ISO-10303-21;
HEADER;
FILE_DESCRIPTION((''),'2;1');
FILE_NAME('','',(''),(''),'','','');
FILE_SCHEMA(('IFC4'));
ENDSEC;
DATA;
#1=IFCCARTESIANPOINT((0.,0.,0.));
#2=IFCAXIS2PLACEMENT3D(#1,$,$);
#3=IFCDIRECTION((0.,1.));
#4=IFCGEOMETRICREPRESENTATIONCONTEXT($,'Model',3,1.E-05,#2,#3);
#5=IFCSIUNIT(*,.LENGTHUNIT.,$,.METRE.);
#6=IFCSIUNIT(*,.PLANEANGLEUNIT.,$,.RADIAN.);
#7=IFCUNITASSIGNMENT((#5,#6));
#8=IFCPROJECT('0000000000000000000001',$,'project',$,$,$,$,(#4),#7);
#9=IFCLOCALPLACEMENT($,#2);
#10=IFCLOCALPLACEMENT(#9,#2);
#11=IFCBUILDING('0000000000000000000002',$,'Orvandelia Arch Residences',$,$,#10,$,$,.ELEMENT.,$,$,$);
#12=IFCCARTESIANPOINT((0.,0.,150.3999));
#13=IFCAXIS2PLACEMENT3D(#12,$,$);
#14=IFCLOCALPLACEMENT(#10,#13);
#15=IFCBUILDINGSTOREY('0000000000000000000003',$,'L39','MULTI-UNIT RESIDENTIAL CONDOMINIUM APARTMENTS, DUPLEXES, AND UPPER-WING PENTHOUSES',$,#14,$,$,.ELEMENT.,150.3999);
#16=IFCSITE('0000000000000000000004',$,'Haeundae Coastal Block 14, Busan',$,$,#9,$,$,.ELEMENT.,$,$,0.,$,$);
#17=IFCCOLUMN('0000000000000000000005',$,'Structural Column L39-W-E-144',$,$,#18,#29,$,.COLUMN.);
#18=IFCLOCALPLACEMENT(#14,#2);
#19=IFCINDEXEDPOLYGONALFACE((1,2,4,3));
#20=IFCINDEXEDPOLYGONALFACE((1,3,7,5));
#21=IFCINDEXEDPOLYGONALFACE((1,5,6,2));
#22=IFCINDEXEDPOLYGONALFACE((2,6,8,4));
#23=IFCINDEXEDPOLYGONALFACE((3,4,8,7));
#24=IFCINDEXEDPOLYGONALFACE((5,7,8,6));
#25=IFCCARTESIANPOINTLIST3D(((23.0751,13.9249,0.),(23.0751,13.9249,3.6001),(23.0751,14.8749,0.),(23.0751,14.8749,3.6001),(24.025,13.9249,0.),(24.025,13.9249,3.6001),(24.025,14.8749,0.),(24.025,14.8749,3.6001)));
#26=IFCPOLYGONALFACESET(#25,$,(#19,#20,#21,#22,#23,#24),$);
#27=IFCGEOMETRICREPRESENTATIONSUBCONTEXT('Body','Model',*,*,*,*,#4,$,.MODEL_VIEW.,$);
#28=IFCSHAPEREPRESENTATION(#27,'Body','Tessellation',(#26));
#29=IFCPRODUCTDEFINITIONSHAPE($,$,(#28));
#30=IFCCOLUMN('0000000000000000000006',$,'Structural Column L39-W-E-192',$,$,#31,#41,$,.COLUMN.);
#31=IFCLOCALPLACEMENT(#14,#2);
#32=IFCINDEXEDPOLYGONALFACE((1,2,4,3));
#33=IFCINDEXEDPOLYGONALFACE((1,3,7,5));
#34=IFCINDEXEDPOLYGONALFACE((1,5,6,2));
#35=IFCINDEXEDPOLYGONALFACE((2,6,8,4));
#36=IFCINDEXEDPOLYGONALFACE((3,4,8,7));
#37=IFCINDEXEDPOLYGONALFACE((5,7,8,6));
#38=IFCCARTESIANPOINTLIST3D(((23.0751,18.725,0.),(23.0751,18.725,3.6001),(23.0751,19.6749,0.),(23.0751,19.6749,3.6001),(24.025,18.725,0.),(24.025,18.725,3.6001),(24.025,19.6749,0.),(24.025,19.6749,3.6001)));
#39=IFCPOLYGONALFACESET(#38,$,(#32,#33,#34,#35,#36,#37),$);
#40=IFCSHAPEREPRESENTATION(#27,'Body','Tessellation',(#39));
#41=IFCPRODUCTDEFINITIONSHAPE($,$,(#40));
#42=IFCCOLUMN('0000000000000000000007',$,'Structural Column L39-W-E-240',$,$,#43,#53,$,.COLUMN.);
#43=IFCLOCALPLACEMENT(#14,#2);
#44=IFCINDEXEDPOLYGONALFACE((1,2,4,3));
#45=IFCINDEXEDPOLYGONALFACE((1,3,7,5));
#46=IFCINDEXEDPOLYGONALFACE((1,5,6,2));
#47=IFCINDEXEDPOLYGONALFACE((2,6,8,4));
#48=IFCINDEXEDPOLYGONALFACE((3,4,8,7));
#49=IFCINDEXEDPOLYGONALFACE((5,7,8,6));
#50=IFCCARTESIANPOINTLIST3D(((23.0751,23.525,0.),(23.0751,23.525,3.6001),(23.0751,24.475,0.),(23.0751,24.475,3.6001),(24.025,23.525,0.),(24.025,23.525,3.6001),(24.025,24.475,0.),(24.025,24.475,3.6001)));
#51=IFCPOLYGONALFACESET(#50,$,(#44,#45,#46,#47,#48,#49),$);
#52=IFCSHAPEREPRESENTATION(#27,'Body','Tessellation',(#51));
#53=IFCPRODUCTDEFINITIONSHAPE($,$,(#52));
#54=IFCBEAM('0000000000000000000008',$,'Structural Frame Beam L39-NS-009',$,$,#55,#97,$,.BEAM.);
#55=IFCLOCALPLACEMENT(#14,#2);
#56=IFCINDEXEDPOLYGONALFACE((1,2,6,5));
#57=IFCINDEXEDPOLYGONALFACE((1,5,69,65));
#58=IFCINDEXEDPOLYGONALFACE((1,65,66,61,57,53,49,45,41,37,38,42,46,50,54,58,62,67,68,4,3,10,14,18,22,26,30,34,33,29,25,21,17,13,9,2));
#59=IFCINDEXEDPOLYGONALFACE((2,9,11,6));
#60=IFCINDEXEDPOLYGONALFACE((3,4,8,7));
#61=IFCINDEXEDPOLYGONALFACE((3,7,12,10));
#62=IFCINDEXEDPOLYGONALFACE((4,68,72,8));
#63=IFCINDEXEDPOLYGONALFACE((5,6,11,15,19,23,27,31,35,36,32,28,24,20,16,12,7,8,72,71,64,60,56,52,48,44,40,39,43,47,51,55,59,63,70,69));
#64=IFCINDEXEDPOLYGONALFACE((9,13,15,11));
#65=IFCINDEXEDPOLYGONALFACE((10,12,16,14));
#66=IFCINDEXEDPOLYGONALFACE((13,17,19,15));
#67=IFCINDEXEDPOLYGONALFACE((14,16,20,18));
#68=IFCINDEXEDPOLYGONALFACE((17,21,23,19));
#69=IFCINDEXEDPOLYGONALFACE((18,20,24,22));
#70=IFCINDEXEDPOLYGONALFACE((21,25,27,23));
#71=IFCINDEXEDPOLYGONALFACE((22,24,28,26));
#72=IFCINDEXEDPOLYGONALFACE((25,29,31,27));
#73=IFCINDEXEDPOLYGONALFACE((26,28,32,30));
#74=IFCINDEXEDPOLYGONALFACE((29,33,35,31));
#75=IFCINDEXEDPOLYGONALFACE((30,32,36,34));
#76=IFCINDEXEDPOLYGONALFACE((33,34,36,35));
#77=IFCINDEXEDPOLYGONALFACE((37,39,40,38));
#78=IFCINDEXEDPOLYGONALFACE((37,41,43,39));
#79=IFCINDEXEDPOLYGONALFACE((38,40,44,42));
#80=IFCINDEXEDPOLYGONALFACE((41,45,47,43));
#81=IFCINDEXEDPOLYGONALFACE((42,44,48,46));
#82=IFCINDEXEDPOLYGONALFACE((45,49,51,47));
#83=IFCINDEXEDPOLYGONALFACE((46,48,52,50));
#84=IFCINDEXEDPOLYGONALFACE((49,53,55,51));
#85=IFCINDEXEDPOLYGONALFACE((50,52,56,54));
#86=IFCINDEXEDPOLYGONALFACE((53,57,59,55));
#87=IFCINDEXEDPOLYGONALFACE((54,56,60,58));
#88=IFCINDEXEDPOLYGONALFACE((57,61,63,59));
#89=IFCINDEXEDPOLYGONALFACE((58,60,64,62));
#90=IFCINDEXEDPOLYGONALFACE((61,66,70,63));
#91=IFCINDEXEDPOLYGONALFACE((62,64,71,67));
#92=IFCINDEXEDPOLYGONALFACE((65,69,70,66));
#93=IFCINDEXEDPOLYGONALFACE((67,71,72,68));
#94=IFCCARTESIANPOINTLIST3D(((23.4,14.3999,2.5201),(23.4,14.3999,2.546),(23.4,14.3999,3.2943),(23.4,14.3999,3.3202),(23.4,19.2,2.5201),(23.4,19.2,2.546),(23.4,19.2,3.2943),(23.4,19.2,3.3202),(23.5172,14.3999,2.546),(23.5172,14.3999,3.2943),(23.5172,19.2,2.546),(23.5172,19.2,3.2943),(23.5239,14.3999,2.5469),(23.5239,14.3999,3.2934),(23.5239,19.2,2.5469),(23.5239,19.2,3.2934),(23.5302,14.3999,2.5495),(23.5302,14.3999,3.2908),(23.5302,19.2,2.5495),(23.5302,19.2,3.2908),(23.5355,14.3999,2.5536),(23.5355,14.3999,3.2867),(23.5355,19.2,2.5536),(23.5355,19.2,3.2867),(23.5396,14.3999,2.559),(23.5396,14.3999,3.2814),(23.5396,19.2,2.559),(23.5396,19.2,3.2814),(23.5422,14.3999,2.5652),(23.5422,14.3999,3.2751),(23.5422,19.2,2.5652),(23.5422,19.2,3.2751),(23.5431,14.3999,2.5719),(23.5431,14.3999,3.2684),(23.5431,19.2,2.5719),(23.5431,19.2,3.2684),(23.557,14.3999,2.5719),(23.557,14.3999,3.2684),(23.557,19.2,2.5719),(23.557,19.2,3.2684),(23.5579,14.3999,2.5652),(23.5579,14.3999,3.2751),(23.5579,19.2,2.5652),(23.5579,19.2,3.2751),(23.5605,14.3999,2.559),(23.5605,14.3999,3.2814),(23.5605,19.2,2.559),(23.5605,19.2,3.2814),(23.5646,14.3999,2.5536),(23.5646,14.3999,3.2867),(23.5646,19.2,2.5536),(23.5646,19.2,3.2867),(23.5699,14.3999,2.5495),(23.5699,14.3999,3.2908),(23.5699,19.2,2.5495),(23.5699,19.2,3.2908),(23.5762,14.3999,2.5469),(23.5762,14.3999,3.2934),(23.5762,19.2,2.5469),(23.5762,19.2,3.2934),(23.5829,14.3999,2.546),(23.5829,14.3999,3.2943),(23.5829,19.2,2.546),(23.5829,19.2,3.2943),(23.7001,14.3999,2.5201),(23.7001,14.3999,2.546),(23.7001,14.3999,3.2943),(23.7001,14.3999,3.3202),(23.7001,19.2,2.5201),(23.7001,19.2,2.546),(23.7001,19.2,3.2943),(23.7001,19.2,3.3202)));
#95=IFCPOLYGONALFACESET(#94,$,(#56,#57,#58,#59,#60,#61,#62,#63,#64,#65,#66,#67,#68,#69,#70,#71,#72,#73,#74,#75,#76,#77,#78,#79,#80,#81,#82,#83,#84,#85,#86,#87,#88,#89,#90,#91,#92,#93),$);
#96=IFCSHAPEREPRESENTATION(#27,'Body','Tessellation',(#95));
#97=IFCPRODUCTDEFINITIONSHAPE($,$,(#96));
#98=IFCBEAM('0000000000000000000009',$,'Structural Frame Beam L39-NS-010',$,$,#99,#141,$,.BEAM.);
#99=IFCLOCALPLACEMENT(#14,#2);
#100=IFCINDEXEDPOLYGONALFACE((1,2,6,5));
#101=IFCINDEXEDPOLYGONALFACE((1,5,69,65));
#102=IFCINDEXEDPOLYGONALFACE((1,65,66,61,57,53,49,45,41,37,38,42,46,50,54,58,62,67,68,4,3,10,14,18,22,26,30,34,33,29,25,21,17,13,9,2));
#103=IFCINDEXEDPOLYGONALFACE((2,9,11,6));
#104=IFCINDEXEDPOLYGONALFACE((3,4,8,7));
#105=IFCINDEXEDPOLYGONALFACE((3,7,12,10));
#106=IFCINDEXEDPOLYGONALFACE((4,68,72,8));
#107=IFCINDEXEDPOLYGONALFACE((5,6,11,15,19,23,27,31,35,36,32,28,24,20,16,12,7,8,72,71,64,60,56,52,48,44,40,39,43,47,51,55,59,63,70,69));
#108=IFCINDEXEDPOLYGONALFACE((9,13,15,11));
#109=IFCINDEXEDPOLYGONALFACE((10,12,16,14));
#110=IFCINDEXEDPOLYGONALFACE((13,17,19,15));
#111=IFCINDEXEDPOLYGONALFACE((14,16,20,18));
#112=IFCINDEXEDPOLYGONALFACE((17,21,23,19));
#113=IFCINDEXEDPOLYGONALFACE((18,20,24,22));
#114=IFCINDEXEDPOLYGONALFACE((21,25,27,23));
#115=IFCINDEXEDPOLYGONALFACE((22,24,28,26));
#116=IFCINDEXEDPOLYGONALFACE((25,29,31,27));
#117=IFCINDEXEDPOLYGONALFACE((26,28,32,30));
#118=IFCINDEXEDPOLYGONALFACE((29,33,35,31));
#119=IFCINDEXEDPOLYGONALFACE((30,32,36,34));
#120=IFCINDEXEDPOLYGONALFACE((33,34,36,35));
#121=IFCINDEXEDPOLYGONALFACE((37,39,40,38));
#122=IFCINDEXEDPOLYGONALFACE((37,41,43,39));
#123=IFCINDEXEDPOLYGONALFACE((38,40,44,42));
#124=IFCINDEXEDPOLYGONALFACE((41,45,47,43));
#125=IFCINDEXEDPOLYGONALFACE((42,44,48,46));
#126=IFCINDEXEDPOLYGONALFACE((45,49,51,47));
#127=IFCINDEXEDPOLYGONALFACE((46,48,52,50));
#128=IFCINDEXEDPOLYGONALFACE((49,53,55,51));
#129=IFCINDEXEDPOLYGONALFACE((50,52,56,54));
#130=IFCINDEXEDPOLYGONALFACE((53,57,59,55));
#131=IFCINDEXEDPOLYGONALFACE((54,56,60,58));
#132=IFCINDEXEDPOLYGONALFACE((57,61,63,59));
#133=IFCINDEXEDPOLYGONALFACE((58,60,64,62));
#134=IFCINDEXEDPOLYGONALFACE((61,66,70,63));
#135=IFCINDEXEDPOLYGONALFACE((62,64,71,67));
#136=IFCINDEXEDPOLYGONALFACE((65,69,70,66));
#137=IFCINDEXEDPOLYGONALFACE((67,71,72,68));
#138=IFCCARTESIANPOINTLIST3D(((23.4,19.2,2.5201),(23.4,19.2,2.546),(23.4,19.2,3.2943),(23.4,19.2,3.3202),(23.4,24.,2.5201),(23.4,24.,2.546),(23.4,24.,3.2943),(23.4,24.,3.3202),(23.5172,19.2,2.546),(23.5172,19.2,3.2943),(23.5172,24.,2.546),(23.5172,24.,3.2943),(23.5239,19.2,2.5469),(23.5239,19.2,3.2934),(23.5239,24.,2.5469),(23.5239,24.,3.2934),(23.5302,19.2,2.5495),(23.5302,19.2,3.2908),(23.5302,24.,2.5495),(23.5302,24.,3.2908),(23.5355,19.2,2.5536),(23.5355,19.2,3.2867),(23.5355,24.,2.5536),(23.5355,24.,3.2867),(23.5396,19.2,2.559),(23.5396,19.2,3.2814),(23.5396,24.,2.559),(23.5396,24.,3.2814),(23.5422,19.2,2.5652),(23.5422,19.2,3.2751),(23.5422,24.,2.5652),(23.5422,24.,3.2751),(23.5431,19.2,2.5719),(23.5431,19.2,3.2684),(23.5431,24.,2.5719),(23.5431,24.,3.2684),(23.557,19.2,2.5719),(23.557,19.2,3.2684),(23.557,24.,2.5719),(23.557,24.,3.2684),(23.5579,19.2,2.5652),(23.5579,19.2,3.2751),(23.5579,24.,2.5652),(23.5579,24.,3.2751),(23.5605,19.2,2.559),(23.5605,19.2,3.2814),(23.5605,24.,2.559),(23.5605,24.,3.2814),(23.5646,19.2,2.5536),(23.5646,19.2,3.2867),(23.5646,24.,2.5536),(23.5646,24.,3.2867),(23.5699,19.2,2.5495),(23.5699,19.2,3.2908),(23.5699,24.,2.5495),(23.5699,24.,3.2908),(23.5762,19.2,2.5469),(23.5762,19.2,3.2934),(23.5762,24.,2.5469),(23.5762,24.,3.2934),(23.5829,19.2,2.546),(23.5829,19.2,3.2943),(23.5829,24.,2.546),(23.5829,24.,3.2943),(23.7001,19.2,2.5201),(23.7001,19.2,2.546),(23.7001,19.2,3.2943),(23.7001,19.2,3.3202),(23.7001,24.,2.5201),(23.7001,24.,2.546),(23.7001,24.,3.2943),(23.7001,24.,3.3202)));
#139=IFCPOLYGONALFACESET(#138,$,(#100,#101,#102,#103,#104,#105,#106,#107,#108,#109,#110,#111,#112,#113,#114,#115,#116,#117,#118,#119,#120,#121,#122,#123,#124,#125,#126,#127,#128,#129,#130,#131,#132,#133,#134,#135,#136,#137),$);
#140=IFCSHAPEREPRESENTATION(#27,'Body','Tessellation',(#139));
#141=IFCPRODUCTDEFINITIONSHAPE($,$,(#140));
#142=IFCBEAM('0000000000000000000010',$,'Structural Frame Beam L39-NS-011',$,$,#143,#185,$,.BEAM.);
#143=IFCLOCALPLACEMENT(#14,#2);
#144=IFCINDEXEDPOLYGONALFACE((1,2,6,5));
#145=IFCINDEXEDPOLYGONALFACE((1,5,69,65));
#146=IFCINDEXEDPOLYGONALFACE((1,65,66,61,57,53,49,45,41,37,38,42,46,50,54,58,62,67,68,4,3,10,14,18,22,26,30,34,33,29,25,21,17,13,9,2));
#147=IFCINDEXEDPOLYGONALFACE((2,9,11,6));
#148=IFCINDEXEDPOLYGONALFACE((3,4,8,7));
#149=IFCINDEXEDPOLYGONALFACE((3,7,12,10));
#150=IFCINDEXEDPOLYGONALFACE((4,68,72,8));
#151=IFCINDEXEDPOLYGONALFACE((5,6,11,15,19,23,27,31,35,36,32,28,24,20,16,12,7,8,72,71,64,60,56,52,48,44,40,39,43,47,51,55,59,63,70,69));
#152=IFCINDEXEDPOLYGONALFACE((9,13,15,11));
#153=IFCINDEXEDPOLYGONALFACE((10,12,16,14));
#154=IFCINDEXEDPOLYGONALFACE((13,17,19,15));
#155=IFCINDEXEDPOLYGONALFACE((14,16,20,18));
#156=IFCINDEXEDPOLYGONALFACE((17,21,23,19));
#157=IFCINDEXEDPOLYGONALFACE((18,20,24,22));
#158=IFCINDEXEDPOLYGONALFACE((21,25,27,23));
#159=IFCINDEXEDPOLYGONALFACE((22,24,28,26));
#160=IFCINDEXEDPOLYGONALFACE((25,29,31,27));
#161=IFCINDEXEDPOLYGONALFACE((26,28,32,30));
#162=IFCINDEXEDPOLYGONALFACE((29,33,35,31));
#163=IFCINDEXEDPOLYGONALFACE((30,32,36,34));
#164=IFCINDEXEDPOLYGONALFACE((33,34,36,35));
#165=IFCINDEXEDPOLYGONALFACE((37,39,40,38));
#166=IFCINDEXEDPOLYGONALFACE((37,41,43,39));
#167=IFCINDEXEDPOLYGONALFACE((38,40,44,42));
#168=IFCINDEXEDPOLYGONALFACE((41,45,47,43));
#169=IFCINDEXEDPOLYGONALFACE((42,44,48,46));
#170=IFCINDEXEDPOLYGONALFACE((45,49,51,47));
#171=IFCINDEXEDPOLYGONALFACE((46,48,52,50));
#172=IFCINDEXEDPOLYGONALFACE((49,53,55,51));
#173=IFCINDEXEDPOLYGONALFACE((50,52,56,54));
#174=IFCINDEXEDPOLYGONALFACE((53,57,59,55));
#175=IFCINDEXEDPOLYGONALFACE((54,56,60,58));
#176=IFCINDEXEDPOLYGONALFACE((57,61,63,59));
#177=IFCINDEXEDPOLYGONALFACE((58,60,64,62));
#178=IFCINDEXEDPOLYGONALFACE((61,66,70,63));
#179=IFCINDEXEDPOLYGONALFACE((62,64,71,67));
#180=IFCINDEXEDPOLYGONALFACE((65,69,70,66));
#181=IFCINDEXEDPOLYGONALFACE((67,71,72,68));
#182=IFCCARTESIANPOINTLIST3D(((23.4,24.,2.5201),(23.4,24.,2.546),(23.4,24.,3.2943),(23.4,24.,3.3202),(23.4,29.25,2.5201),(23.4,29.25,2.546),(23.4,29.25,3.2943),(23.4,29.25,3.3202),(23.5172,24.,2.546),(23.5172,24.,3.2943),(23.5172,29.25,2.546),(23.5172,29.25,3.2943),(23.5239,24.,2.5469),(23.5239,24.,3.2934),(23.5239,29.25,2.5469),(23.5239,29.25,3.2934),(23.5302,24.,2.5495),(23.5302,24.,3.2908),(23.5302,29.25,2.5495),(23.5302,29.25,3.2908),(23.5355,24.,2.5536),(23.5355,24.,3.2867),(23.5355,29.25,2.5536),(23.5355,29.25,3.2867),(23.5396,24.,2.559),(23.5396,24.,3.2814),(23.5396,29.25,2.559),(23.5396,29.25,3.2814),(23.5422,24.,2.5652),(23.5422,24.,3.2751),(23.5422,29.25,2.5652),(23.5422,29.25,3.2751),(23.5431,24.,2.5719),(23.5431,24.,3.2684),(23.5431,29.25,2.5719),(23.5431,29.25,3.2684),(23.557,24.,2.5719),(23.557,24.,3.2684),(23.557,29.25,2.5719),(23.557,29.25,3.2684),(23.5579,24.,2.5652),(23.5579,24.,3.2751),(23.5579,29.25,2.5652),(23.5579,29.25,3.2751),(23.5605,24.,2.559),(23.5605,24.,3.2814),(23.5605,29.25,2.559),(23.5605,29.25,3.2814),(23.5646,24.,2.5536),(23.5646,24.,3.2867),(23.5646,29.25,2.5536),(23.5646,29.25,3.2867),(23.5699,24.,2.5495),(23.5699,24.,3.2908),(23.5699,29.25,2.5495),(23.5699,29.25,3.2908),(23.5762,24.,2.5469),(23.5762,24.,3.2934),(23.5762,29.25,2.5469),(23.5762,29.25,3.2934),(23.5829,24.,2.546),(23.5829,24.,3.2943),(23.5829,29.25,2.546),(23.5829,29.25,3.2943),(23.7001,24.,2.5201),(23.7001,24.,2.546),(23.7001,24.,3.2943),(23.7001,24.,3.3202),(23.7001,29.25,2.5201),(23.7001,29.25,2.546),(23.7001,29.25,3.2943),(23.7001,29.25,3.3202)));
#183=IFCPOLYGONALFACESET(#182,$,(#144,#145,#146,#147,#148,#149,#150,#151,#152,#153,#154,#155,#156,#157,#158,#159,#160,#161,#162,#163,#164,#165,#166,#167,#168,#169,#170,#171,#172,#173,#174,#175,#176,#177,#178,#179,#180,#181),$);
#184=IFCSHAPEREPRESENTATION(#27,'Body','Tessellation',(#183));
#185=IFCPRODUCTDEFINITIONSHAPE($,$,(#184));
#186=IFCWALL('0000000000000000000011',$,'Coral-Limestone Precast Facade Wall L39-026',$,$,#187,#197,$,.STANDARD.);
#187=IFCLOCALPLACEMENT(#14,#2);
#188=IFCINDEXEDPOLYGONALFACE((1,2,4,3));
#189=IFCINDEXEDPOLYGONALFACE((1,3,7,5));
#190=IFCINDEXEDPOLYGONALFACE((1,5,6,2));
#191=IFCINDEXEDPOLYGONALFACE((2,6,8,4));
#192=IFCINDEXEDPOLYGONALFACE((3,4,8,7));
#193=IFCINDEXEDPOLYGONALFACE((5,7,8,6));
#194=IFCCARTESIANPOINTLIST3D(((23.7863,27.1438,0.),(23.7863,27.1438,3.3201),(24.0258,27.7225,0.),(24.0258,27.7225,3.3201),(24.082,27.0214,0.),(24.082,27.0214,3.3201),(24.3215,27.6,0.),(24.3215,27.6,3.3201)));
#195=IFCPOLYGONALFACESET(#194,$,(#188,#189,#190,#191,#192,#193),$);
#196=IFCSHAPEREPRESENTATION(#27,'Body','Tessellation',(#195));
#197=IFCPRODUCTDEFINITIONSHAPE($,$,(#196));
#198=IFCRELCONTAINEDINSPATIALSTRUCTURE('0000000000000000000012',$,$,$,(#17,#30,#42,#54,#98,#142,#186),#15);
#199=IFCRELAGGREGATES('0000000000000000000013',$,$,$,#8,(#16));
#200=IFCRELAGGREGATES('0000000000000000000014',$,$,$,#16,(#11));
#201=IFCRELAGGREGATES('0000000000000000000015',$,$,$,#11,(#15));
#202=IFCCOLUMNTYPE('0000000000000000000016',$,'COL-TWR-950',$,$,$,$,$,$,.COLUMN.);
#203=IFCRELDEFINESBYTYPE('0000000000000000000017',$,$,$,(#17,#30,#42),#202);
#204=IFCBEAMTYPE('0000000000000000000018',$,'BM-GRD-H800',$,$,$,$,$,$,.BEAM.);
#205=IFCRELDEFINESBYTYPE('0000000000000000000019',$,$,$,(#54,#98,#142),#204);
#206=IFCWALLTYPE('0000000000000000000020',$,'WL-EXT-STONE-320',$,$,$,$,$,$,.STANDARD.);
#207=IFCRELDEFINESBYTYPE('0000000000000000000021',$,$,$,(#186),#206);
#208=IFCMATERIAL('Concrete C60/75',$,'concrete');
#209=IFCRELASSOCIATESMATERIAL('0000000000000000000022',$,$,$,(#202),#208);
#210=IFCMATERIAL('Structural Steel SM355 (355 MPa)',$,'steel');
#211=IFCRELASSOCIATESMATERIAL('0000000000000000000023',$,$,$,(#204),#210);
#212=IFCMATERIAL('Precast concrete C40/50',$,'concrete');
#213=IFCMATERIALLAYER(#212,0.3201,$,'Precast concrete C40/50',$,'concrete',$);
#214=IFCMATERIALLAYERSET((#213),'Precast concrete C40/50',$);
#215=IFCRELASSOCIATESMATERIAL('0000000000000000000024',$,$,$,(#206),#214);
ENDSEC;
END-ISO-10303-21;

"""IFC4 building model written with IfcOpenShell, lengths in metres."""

from ifc_helpers import new_model, si_unit, direction, frame, frame_2d, origin, origin_2d, place, context, subcontext, project, spatial, rectangle, i_section, extrude, material, layer, layer_set, material_profile, profile_set, type_object, element, save


model = new_model("IFC4")

# Units and contexts
model_context = context("Model", 3, precision=1e-05, world=origin(), true_north=direction((0.0, 1.0)))
body_context = subcontext(model_context, "Body", "Model", "MODEL_VIEW")
ifc_project = project(units=[si_unit("LENGTHUNIT", "METRE"), si_unit("PLANEANGLEUNIT", "RADIAN")], contexts=[model_context])

# Site, building, storey
site_placement = place(None, origin())
site = spatial("IfcSite", under=ifc_project, at=site_placement, Name="Haeundae Coastal Block 14, Busan", CompositionType="ELEMENT", RefElevation=0.0)
building_placement = place(site_placement, origin())
building = spatial("IfcBuilding", under=site, at=building_placement, Name="Orvandelia Arch Residences", CompositionType="ELEMENT")
storey_placement = place(building_placement, frame((0.0, 0.0, 150.3999)))
storey = spatial("IfcBuildingStorey", under=building, at=storey_placement, Name="L39", Description="MULTI-UNIT RESIDENTIAL CONDOMINIUM APARTMENTS, DUPLEXES, AND UPPER-WING PENTHOUSES", CompositionType="ELEMENT", Elevation=150.3999)

# Columns
ifc_material_1 = material(Name="Concrete C60/75", Category="concrete")
ifc_material_profile_1 = material_profile(ifc_material_1, rectangle(XDim=0.95, YDim=0.95, at=origin_2d()), Name="Concrete C60/75", Category="concrete")
ifc_profile_set_1 = profile_set([ifc_material_profile_1], Name="Concrete C60/75")
column_type = type_object("IfcColumnType", Name="COL-TWR-950", PredefinedType="COLUMN", material=ifc_profile_set_1)
for number, where, z_axis, x_axis, name in (
    (1, (23.55, 14.3999, 0.0), (0.0, 0.0, 1.0), (1.0, 0.0, 0.0), "Structural Column L39-W-E-144"),
    (2, (23.55, 19.2, 0.0), (0.0, 0.0, 1.0), (1.0, 0.0, 0.0), "Structural Column L39-W-E-192"),
    (3, (23.55, 24.0, 0.0), (0.0, 0.0, 1.0), (1.0, 0.0, 0.0), "Structural Column L39-W-E-240"),
):
    element("IfcColumn", number, at=place(storey_placement, frame(where, z_axis=z_axis, x_axis=x_axis)), inside=storey, type_object=column_type, Name=name, PredefinedType="COLUMN", context=body_context, shape_type="SweptSolid", body=[
        extrude(rectangle(XDim=0.95, YDim=0.95, at=origin_2d()), origin(), (0.0, 0.0, 1.0), 3.6001),
    ])

# Beams
ifc_material_2 = material(Name="Structural Steel SM355 (355 MPa)", Category="steel")
ifc_material_profile_2 = material_profile(ifc_material_2, i_section(OverallWidth=0.3, OverallDepth=0.8, WebThickness=0.0139, FlangeThickness=0.0259, FilletRadius=0.0259, at=origin_2d()), Name="Structural Steel SM355 (355 MPa)", Category="steel")
ifc_profile_set_2 = profile_set([ifc_material_profile_2], Name="Structural Steel SM355 (355 MPa)")
beam_type = type_object("IfcBeamType", Name="BM-GRD-H800", PredefinedType="BEAM", material=ifc_profile_set_2)
for number, where, z_axis, x_axis, name in (
    (4, (23.55, 14.3999, 2.9202), (0.0, 1.0, 0.0), (-1.0, 0.0, 0.0), "Structural Frame Beam L39-NS-009"),
    (5, (23.55, 19.2, 2.9202), (0.0, 1.0, 0.0), (-1.0, 0.0, 0.0), "Structural Frame Beam L39-NS-010"),
):
    element("IfcBeam", number, at=place(storey_placement, frame(where, z_axis=z_axis, x_axis=x_axis)), inside=storey, type_object=beam_type, Name=name, PredefinedType="BEAM", context=body_context, shape_type="SweptSolid", body=[
        extrude(i_section(OverallWidth=0.3, OverallDepth=0.8, WebThickness=0.0139, FlangeThickness=0.0259, FilletRadius=0.0259, at=origin_2d()), origin(), (0.0, 0.0, 1.0), 4.8),
    ])
beam_placement = place(storey_placement, frame((23.55, 24.0, 2.9202), z_axis=(0.0, 1.0, 0.0), x_axis=(-1.0, 0.0, 0.0)))
element("IfcBeam", 6, at=beam_placement, inside=storey, type_object=beam_type, Name="Structural Frame Beam L39-NS-011", PredefinedType="BEAM", context=body_context, shape_type="SweptSolid", body=[
    extrude(i_section(OverallWidth=0.3, OverallDepth=0.8, WebThickness=0.0139, FlangeThickness=0.0259, FilletRadius=0.0259, at=origin_2d()), origin(), (0.0, 0.0, 1.0), 5.25),
])

# Wall
ifc_material_3 = material(Name="Precast concrete C40/50", Category="concrete")
ifc_layer = layer(ifc_material_3, 0.3201, Name="Precast concrete C40/50", Category="concrete")
ifc_layer_set = layer_set([ifc_layer], Name="Precast concrete C40/50")
wall_type = type_object("IfcWallType", Name="WL-EXT-STONE-320", PredefinedType="STANDARD", material=ifc_layer_set)
wall_1_placement = place(storey_placement, frame((24.1736, 27.6611, 0.0), z_axis=(0.0, 0.0, 1.0), x_axis=(-0.382455, -0.923974, 0.0)))
element("IfcWall", 7, at=wall_1_placement, inside=storey, type_object=wall_type, Name="Coral-Limestone Precast Facade Wall L39-026", PredefinedType="STANDARD", context=body_context, shape_type="SweptSolid", body=[
    extrude(rectangle(XDim=0.6262, YDim=0.3201, at=frame_2d((0.313, 0.0))), origin(), (0.0, 0.0, 1.0), 3.3201),
])

save(model, "model.ifc")
